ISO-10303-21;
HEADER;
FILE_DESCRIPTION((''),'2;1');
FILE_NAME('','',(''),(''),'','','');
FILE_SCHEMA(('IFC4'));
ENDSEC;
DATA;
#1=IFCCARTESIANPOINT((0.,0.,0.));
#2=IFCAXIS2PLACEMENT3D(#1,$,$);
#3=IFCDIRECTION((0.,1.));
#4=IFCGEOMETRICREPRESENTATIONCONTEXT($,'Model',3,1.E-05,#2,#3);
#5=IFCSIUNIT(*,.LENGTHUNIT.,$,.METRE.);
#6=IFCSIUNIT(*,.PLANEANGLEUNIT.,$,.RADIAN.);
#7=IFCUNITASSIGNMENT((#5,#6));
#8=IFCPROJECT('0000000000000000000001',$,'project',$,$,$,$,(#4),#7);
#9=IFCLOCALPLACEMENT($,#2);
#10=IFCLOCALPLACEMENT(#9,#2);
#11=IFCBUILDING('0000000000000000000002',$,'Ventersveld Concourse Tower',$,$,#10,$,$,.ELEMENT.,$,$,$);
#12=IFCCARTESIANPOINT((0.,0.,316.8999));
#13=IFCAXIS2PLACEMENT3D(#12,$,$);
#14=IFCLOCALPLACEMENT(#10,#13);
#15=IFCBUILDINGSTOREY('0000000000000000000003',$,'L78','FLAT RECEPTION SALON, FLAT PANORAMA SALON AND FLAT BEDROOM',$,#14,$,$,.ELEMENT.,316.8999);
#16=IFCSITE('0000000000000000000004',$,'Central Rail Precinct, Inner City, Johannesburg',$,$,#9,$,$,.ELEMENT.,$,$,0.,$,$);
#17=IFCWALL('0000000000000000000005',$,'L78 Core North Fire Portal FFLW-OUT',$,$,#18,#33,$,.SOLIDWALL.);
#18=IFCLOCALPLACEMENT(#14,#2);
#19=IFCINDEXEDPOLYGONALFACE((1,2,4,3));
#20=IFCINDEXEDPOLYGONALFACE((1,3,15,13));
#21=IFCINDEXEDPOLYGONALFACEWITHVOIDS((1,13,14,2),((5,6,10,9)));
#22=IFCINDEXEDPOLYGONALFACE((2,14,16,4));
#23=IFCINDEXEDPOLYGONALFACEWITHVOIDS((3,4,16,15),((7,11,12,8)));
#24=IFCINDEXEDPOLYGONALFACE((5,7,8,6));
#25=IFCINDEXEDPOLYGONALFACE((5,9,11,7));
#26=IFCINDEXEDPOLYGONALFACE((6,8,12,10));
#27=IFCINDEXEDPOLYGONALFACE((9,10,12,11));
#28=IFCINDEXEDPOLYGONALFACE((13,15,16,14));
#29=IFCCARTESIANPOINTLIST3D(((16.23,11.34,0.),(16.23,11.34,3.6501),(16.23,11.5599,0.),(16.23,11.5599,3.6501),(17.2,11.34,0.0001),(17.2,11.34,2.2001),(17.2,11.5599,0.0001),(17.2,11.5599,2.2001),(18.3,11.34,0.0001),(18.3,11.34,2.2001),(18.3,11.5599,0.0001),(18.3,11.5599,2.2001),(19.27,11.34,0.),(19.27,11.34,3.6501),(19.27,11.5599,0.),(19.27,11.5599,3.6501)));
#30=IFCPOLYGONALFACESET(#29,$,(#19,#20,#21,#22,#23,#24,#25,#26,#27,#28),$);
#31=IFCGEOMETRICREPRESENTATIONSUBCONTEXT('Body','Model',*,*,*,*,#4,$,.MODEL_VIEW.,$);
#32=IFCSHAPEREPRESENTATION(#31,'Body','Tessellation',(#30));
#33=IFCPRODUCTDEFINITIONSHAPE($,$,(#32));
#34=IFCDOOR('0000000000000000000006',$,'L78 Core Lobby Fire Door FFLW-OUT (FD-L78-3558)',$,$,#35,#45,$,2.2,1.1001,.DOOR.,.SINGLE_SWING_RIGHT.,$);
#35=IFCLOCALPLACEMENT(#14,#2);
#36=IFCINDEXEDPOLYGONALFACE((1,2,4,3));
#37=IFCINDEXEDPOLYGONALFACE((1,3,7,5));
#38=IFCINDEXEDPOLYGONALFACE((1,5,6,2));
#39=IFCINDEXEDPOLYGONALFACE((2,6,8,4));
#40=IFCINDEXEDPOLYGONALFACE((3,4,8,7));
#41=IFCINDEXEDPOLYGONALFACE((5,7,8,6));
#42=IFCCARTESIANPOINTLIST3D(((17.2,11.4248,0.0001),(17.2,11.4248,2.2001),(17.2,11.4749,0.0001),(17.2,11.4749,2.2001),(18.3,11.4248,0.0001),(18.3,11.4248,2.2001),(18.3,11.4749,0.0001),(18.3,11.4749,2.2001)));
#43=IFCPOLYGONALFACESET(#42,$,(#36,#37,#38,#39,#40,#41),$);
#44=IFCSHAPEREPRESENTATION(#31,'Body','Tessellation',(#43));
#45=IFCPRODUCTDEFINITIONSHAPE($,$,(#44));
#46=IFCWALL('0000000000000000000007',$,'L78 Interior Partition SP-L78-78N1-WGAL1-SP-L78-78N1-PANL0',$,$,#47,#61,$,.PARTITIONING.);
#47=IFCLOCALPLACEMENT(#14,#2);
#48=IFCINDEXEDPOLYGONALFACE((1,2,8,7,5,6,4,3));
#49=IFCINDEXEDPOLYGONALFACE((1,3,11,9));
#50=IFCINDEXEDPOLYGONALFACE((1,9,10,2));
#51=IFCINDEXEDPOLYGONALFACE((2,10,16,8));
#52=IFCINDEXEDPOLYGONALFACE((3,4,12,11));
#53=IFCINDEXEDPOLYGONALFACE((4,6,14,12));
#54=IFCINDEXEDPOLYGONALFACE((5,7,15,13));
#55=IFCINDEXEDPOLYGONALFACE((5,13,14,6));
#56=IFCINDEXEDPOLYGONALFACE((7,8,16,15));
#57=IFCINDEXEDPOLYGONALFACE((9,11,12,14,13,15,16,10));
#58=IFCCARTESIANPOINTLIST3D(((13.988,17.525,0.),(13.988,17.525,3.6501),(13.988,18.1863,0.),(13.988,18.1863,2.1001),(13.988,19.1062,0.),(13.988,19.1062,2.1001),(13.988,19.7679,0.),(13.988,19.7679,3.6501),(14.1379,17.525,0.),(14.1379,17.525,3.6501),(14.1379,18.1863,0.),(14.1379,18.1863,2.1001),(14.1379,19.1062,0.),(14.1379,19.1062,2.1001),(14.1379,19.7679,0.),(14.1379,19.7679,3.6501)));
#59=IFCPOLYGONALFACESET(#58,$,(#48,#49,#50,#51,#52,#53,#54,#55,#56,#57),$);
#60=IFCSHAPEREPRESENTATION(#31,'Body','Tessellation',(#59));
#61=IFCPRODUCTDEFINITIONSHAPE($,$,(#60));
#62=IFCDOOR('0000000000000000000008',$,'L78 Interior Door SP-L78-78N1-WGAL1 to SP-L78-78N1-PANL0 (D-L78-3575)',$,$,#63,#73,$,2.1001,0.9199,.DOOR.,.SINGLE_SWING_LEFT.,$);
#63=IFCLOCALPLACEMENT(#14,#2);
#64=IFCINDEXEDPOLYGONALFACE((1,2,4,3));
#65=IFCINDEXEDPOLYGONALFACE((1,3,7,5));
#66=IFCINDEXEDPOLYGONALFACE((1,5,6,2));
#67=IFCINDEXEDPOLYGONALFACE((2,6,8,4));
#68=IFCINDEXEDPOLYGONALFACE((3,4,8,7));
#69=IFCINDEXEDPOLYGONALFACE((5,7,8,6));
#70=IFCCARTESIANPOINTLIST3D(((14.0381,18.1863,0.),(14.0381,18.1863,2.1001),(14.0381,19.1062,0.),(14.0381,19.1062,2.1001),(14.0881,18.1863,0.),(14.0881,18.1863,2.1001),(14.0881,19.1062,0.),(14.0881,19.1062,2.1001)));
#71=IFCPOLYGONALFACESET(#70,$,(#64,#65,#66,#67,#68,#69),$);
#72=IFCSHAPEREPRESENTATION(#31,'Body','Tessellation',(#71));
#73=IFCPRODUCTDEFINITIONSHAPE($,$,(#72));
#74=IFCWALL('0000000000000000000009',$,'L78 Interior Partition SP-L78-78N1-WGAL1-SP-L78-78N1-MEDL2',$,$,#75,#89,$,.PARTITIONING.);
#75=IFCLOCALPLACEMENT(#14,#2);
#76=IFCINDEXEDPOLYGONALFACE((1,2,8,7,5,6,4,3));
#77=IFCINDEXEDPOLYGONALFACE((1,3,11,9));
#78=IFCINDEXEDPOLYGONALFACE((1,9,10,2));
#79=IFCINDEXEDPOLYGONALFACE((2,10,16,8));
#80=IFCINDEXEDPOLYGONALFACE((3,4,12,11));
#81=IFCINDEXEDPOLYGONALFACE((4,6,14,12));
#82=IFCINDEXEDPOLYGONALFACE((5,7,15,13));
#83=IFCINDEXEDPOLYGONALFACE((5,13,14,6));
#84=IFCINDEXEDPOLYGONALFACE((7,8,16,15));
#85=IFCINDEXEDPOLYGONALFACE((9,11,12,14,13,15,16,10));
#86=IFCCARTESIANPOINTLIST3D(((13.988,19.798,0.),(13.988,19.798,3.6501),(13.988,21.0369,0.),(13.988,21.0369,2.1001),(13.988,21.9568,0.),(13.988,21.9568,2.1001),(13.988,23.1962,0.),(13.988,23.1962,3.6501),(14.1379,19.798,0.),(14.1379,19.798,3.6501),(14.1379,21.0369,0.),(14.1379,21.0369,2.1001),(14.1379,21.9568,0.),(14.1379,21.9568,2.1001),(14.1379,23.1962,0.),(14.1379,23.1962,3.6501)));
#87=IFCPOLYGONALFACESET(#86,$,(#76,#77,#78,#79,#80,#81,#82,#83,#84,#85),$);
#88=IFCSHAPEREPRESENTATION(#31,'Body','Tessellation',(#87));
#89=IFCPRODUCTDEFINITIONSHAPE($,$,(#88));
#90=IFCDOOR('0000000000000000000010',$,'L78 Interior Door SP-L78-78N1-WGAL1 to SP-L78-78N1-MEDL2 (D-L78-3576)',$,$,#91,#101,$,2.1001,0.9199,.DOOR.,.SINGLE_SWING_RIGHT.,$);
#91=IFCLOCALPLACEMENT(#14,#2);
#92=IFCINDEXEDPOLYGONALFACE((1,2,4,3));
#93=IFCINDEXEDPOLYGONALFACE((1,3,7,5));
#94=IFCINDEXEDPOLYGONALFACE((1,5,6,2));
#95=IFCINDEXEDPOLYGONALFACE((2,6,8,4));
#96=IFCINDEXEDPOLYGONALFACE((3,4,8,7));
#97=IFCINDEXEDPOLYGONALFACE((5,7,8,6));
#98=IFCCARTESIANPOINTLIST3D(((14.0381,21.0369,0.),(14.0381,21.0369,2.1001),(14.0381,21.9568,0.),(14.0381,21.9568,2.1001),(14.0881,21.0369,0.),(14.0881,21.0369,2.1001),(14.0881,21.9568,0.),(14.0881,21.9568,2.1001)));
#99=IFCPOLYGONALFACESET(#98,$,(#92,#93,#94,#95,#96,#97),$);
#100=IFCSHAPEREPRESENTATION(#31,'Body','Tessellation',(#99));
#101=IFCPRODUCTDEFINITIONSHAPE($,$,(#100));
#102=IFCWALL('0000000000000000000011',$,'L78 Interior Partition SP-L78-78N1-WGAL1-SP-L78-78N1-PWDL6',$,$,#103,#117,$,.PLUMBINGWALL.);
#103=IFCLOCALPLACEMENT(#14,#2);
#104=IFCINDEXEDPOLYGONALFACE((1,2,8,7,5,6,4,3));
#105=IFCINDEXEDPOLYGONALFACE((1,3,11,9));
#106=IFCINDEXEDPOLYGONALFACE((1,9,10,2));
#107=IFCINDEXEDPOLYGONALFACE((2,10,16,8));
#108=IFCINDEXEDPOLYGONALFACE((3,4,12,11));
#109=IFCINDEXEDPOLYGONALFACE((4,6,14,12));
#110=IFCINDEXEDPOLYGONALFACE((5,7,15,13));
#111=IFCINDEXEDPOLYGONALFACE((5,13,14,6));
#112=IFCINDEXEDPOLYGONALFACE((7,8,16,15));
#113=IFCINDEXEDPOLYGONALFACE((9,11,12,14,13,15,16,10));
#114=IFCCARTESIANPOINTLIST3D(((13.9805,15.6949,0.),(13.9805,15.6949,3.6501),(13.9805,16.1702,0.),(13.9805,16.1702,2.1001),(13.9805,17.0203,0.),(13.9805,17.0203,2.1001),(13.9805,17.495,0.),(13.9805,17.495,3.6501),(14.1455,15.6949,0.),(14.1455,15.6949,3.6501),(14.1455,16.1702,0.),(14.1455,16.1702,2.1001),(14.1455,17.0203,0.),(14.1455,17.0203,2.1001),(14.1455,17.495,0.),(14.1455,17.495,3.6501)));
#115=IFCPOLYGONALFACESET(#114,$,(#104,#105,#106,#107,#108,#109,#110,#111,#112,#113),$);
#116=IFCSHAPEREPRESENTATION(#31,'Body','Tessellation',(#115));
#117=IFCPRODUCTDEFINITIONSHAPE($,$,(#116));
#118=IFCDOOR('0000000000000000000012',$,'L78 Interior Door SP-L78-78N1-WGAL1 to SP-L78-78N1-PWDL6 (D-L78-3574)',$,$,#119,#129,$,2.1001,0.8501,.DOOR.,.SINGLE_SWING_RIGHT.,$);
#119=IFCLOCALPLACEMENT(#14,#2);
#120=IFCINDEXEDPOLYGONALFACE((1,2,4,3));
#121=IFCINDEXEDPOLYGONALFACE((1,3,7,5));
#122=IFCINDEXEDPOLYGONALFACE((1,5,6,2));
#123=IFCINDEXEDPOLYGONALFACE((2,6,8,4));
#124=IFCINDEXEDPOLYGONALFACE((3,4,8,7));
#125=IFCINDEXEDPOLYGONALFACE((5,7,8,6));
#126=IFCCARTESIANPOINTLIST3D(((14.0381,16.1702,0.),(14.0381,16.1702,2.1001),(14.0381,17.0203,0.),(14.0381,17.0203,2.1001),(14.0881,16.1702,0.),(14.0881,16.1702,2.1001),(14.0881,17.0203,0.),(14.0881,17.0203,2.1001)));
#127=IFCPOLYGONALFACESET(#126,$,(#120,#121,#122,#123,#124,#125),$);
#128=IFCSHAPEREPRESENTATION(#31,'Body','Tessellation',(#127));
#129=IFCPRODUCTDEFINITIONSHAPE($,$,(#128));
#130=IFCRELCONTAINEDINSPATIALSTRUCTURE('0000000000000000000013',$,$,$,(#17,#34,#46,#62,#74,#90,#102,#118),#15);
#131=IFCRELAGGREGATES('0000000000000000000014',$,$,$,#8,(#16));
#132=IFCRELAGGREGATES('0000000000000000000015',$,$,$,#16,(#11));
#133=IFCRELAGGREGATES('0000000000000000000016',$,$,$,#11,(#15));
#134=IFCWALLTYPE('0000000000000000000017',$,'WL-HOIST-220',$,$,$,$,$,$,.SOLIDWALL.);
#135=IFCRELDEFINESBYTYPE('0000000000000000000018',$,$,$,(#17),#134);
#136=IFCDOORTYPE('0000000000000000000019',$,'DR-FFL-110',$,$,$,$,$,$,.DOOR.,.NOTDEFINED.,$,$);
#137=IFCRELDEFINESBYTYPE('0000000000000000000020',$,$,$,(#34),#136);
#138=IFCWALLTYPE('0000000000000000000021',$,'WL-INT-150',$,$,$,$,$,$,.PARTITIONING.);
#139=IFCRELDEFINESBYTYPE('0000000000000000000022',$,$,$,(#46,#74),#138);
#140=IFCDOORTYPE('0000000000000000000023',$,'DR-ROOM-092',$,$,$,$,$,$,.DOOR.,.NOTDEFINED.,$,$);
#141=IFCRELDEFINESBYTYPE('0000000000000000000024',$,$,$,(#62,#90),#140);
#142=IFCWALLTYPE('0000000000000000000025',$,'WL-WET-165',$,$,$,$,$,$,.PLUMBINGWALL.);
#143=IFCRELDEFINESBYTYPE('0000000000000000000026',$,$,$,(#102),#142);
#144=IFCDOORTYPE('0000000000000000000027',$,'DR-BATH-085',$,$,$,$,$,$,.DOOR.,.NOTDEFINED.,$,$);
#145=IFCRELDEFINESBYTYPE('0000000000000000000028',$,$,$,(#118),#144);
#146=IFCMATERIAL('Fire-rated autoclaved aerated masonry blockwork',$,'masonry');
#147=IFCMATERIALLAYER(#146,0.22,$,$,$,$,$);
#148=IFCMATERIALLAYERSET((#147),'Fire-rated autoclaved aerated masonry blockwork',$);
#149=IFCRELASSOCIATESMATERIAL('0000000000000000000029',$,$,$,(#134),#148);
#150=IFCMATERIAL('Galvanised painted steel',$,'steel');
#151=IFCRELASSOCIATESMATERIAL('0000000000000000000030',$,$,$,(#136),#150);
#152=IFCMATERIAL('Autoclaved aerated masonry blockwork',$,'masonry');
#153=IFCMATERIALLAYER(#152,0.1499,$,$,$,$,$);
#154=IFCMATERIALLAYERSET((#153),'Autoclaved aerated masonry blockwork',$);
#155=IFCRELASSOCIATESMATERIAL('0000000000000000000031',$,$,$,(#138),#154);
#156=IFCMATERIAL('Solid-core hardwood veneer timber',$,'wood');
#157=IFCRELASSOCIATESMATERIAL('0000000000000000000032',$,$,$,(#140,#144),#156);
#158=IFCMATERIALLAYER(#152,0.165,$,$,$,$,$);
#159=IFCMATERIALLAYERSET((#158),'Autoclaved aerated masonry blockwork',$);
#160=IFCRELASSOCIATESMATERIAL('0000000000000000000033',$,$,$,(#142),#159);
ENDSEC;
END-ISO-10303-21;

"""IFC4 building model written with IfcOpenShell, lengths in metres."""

from ifc_helpers import new_model, si_unit, direction, frame, frame_2d, origin, place, context, subcontext, project, spatial, rectangle, extrude, material, layer, layer_set, type_object, element, fill, save


model = new_model("IFC4")

# Units and contexts
model_context = context("Model", 3, precision=1e-05, world=origin(), true_north=direction((0.0, 1.0)))
body_context = subcontext(model_context, "Body", "Model", "MODEL_VIEW")
ifc_project = project(units=[si_unit("LENGTHUNIT", "METRE"), si_unit("PLANEANGLEUNIT", "RADIAN")], contexts=[model_context])

# Site, building, storey
site_placement = place(None, origin())
site = spatial("IfcSite", under=ifc_project, at=site_placement, Name="Central Rail Precinct, Inner City, Johannesburg", CompositionType="ELEMENT", RefElevation=0.0)
building_placement = place(site_placement, origin())
building = spatial("IfcBuilding", under=site, at=building_placement, Name="Ventersveld Concourse Tower", CompositionType="ELEMENT")
storey_placement = place(building_placement, frame((0.0, 0.0, 316.8999)))
storey = spatial("IfcBuildingStorey", under=building, at=storey_placement, Name="L78", Description="FLAT RECEPTION SALON, FLAT PANORAMA SALON AND FLAT BEDROOM", CompositionType="ELEMENT", Elevation=316.8999)

# Walls, openings, doors
ifc_material_1 = material(Name="Fire-rated autoclaved aerated masonry blockwork", Category="masonry")
ifc_layer_1 = layer(ifc_material_1, 0.22)
ifc_layer_set_1 = layer_set([ifc_layer_1], Name="Fire-rated autoclaved aerated masonry blockwork")
wall_type_1 = type_object("IfcWallType", Name="WL-HOIST-220", PredefinedType="SOLIDWALL", material=ifc_layer_set_1)
ifc_material_2 = material(Name="Galvanised painted steel", Category="steel")
door_type_1 = type_object("IfcDoorType", Name="DR-FFL-110", OperationType="NOTDEFINED", PredefinedType="DOOR", material=ifc_material_2)
wall_1_placement = place(storey_placement, frame((16.23, 11.45, 0.0), z_axis=(0.0, 0.0, 1.0), x_axis=(1.0, 0.0, 0.0)))
wall_1 = element("IfcWall", 1, at=wall_1_placement, inside=storey, type_object=wall_type_1, Name="L78 Core North Fire Portal FFLW-OUT", PredefinedType="SOLIDWALL", context=body_context, shape_type="SweptSolid", body=[
    extrude(rectangle(XDim=3.04, YDim=0.22, at=frame_2d((1.52, 0.0))), origin(), (0.0, 0.0, 1.0), 3.6501),
])
opening_1_placement = place(wall_1_placement, frame((0.97, 0.0, 0.0)))
opening_1 = element("IfcOpeningElement", 2, at=opening_1_placement, cuts=wall_1, PredefinedType="OPENING", context=body_context, shape_type="SweptSolid", body=[
    extrude(rectangle(XDim=1.1001, YDim=2.2, at=frame_2d((0.55, 1.1001))), frame((0.0, 0.1201, 0.0), z_axis=(0.0, -1.0, 0.0), x_axis=(1.0, 0.0, 0.0)), (0.0, 0.0, 1.0), 0.24),
])
door_1_placement = place(opening_1_placement, origin())
door_1 = element("IfcDoor", 3, at=door_1_placement, inside=storey, type_object=door_type_1, Name="L78 Core Lobby Fire Door FFLW-OUT (FD-L78-3558)", OperationType="SINGLE_SWING_RIGHT", OverallHeight=2.2, OverallWidth=1.1001, PredefinedType="DOOR", context=body_context, shape_type="SweptSolid", body=[
    extrude(rectangle(XDim=1.1001, YDim=2.2, at=frame_2d((0.55, 1.1001))), frame((0.0, 0.0249, 0.0), z_axis=(0.0, -1.0, 0.0), x_axis=(1.0, 0.0, 0.0)), (0.0, 0.0, 1.0), 0.05),
])
fill(opening_1, door_1)
ifc_material_3 = material(Name="Autoclaved aerated masonry blockwork", Category="masonry")
ifc_layer_2 = layer(ifc_material_3, 0.1499)
ifc_layer_set_2 = layer_set([ifc_layer_2], Name="Autoclaved aerated masonry blockwork")
wall_type_2 = type_object("IfcWallType", Name="WL-INT-150", PredefinedType="PARTITIONING", material=ifc_layer_set_2)
wall_2_placement = place(storey_placement, frame((14.063, 17.5249, 0.0), z_axis=(0.0, 0.0, 1.0), x_axis=(0.0, 1.0, 0.0)))
wall_2 = element("IfcWall", 4, at=wall_2_placement, inside=storey, type_object=wall_type_2, Name="L78 Interior Partition SP-L78-78N1-WGAL1-SP-L78-78N1-PANL0", PredefinedType="PARTITIONING", context=body_context, shape_type="SweptSolid", body=[
    extrude(rectangle(XDim=2.2429, YDim=0.1499, at=frame_2d((1.1216, 0.0))), origin(), (0.0, 0.0, 1.0), 3.6501),
])
opening_2_placement = place(wall_2_placement, frame((0.6614, 0.0, 0.0)))
opening_2 = element("IfcOpeningElement", 5, at=opening_2_placement, cuts=wall_2, PredefinedType="OPENING", context=body_context, shape_type="SweptSolid", body=[
    extrude(rectangle(XDim=0.9199, YDim=2.1001, at=frame_2d((0.46, 1.05))), frame((0.0, 0.085, 0.0), z_axis=(0.0, -1.0, 0.0), x_axis=(1.0, 0.0, 0.0)), (0.0, 0.0, 1.0), 0.1699),
])
ifc_material_4 = material(Name="Solid-core hardwood veneer timber", Category="wood")
door_type_2 = type_object("IfcDoorType", Name="DR-ROOM-092", OperationType="NOTDEFINED", PredefinedType="DOOR", material=ifc_material_4)
door_2_placement = place(opening_2_placement, origin())
door_2 = element("IfcDoor", 6, at=door_2_placement, inside=storey, type_object=door_type_2, Name="L78 Interior Door SP-L78-78N1-WGAL1 to SP-L78-78N1-PANL0 (D-L78-3575)", OperationType="SINGLE_SWING_LEFT", OverallHeight=2.1001, OverallWidth=0.9199, PredefinedType="DOOR", context=body_context, shape_type="SweptSolid", body=[
    extrude(rectangle(XDim=0.9199, YDim=2.1001, at=frame_2d((0.46, 1.05))), frame((0.0, 0.0249, 0.0), z_axis=(0.0, -1.0, 0.0), x_axis=(1.0, 0.0, 0.0)), (0.0, 0.0, 1.0), 0.05),
])
fill(opening_2, door_2)
wall_3_placement = place(storey_placement, frame((14.063, 19.7979, 0.0), z_axis=(0.0, 0.0, 1.0), x_axis=(0.0, 1.0, 0.0)))
wall_3 = element("IfcWall", 7, at=wall_3_placement, inside=storey, type_object=wall_type_2, Name="L78 Interior Partition SP-L78-78N1-WGAL1-SP-L78-78N1-MEDL2", PredefinedType="PARTITIONING", context=body_context, shape_type="SweptSolid", body=[
    extrude(rectangle(XDim=3.3982, YDim=0.1499, at=frame_2d((1.6992, 0.0))), origin(), (0.0, 0.0, 1.0), 3.6501),
])
opening_3_placement = place(wall_3_placement, frame((1.239, 0.0, 0.0)))
opening_3 = element("IfcOpeningElement", 8, at=opening_3_placement, cuts=wall_3, PredefinedType="OPENING", context=body_context, shape_type="SweptSolid", body=[
    extrude(rectangle(XDim=0.9199, YDim=2.1001, at=frame_2d((0.46, 1.05))), frame((0.0, 0.085, 0.0), z_axis=(0.0, -1.0, 0.0), x_axis=(1.0, 0.0, 0.0)), (0.0, 0.0, 1.0), 0.1699),
])
door_3_placement = place(opening_3_placement, origin())
door_3 = element("IfcDoor", 9, at=door_3_placement, inside=storey, type_object=door_type_2, Name="L78 Interior Door SP-L78-78N1-WGAL1 to SP-L78-78N1-MEDL2 (D-L78-3576)", OperationType="SINGLE_SWING_RIGHT", OverallHeight=2.1001, OverallWidth=0.9199, PredefinedType="DOOR", context=body_context, shape_type="SweptSolid", body=[
    extrude(rectangle(XDim=0.9199, YDim=2.1001, at=frame_2d((0.46, 1.05))), frame((0.0, 0.0249, 0.0), z_axis=(0.0, -1.0, 0.0), x_axis=(1.0, 0.0, 0.0)), (0.0, 0.0, 1.0), 0.05),
])
fill(opening_3, door_3)
ifc_layer_3 = layer(ifc_material_3, 0.165)
ifc_layer_set_3 = layer_set([ifc_layer_3], Name="Autoclaved aerated masonry blockwork")
wall_type_3 = type_object("IfcWallType", Name="WL-WET-165", PredefinedType="PLUMBINGWALL", material=ifc_layer_set_3)
wall_4_placement = place(storey_placement, frame((14.063, 15.6951, 0.0), z_axis=(0.0, 0.0, 1.0), x_axis=(0.0, 1.0, 0.0)))
wall_4 = element("IfcWall", 10, at=wall_4_placement, inside=storey, type_object=wall_type_3, Name="L78 Interior Partition SP-L78-78N1-WGAL1-SP-L78-78N1-PWDL6", PredefinedType="PLUMBINGWALL", context=body_context, shape_type="SweptSolid", body=[
    extrude(rectangle(XDim=1.8, YDim=0.165, at=frame_2d((0.8999, 0.0))), origin(), (0.0, 0.0, 1.0), 3.6501),
])
opening_4_placement = place(wall_4_placement, frame((0.4751, 0.0, 0.0)))
opening_4 = element("IfcOpeningElement", 11, at=opening_4_placement, cuts=wall_4, PredefinedType="OPENING", context=body_context, shape_type="SweptSolid", body=[
    extrude(rectangle(XDim=0.8501, YDim=2.1001, at=frame_2d((0.425, 1.05))), frame((0.0, 0.0925, 0.0), z_axis=(0.0, -1.0, 0.0), x_axis=(1.0, 0.0, 0.0)), (0.0, 0.0, 1.0), 0.1851),
])
door_type_3 = type_object("IfcDoorType", Name="DR-BATH-085", OperationType="NOTDEFINED", PredefinedType="DOOR", material=ifc_material_4)
door_4_placement = place(opening_4_placement, origin())
door_4 = element("IfcDoor", 12, at=door_4_placement, inside=storey, type_object=door_type_3, Name="L78 Interior Door SP-L78-78N1-WGAL1 to SP-L78-78N1-PWDL6 (D-L78-3574)", OperationType="SINGLE_SWING_RIGHT", OverallHeight=2.1001, OverallWidth=0.8501, PredefinedType="DOOR", context=body_context, shape_type="SweptSolid", body=[
    extrude(rectangle(XDim=0.8501, YDim=2.1001, at=frame_2d((0.425, 1.05))), frame((0.0, 0.0249, 0.0), z_axis=(0.0, -1.0, 0.0), x_axis=(1.0, 0.0, 0.0)), (0.0, 0.0, 1.0), 0.05),
])
fill(opening_4, door_4)

save(model, "model.ifc")
